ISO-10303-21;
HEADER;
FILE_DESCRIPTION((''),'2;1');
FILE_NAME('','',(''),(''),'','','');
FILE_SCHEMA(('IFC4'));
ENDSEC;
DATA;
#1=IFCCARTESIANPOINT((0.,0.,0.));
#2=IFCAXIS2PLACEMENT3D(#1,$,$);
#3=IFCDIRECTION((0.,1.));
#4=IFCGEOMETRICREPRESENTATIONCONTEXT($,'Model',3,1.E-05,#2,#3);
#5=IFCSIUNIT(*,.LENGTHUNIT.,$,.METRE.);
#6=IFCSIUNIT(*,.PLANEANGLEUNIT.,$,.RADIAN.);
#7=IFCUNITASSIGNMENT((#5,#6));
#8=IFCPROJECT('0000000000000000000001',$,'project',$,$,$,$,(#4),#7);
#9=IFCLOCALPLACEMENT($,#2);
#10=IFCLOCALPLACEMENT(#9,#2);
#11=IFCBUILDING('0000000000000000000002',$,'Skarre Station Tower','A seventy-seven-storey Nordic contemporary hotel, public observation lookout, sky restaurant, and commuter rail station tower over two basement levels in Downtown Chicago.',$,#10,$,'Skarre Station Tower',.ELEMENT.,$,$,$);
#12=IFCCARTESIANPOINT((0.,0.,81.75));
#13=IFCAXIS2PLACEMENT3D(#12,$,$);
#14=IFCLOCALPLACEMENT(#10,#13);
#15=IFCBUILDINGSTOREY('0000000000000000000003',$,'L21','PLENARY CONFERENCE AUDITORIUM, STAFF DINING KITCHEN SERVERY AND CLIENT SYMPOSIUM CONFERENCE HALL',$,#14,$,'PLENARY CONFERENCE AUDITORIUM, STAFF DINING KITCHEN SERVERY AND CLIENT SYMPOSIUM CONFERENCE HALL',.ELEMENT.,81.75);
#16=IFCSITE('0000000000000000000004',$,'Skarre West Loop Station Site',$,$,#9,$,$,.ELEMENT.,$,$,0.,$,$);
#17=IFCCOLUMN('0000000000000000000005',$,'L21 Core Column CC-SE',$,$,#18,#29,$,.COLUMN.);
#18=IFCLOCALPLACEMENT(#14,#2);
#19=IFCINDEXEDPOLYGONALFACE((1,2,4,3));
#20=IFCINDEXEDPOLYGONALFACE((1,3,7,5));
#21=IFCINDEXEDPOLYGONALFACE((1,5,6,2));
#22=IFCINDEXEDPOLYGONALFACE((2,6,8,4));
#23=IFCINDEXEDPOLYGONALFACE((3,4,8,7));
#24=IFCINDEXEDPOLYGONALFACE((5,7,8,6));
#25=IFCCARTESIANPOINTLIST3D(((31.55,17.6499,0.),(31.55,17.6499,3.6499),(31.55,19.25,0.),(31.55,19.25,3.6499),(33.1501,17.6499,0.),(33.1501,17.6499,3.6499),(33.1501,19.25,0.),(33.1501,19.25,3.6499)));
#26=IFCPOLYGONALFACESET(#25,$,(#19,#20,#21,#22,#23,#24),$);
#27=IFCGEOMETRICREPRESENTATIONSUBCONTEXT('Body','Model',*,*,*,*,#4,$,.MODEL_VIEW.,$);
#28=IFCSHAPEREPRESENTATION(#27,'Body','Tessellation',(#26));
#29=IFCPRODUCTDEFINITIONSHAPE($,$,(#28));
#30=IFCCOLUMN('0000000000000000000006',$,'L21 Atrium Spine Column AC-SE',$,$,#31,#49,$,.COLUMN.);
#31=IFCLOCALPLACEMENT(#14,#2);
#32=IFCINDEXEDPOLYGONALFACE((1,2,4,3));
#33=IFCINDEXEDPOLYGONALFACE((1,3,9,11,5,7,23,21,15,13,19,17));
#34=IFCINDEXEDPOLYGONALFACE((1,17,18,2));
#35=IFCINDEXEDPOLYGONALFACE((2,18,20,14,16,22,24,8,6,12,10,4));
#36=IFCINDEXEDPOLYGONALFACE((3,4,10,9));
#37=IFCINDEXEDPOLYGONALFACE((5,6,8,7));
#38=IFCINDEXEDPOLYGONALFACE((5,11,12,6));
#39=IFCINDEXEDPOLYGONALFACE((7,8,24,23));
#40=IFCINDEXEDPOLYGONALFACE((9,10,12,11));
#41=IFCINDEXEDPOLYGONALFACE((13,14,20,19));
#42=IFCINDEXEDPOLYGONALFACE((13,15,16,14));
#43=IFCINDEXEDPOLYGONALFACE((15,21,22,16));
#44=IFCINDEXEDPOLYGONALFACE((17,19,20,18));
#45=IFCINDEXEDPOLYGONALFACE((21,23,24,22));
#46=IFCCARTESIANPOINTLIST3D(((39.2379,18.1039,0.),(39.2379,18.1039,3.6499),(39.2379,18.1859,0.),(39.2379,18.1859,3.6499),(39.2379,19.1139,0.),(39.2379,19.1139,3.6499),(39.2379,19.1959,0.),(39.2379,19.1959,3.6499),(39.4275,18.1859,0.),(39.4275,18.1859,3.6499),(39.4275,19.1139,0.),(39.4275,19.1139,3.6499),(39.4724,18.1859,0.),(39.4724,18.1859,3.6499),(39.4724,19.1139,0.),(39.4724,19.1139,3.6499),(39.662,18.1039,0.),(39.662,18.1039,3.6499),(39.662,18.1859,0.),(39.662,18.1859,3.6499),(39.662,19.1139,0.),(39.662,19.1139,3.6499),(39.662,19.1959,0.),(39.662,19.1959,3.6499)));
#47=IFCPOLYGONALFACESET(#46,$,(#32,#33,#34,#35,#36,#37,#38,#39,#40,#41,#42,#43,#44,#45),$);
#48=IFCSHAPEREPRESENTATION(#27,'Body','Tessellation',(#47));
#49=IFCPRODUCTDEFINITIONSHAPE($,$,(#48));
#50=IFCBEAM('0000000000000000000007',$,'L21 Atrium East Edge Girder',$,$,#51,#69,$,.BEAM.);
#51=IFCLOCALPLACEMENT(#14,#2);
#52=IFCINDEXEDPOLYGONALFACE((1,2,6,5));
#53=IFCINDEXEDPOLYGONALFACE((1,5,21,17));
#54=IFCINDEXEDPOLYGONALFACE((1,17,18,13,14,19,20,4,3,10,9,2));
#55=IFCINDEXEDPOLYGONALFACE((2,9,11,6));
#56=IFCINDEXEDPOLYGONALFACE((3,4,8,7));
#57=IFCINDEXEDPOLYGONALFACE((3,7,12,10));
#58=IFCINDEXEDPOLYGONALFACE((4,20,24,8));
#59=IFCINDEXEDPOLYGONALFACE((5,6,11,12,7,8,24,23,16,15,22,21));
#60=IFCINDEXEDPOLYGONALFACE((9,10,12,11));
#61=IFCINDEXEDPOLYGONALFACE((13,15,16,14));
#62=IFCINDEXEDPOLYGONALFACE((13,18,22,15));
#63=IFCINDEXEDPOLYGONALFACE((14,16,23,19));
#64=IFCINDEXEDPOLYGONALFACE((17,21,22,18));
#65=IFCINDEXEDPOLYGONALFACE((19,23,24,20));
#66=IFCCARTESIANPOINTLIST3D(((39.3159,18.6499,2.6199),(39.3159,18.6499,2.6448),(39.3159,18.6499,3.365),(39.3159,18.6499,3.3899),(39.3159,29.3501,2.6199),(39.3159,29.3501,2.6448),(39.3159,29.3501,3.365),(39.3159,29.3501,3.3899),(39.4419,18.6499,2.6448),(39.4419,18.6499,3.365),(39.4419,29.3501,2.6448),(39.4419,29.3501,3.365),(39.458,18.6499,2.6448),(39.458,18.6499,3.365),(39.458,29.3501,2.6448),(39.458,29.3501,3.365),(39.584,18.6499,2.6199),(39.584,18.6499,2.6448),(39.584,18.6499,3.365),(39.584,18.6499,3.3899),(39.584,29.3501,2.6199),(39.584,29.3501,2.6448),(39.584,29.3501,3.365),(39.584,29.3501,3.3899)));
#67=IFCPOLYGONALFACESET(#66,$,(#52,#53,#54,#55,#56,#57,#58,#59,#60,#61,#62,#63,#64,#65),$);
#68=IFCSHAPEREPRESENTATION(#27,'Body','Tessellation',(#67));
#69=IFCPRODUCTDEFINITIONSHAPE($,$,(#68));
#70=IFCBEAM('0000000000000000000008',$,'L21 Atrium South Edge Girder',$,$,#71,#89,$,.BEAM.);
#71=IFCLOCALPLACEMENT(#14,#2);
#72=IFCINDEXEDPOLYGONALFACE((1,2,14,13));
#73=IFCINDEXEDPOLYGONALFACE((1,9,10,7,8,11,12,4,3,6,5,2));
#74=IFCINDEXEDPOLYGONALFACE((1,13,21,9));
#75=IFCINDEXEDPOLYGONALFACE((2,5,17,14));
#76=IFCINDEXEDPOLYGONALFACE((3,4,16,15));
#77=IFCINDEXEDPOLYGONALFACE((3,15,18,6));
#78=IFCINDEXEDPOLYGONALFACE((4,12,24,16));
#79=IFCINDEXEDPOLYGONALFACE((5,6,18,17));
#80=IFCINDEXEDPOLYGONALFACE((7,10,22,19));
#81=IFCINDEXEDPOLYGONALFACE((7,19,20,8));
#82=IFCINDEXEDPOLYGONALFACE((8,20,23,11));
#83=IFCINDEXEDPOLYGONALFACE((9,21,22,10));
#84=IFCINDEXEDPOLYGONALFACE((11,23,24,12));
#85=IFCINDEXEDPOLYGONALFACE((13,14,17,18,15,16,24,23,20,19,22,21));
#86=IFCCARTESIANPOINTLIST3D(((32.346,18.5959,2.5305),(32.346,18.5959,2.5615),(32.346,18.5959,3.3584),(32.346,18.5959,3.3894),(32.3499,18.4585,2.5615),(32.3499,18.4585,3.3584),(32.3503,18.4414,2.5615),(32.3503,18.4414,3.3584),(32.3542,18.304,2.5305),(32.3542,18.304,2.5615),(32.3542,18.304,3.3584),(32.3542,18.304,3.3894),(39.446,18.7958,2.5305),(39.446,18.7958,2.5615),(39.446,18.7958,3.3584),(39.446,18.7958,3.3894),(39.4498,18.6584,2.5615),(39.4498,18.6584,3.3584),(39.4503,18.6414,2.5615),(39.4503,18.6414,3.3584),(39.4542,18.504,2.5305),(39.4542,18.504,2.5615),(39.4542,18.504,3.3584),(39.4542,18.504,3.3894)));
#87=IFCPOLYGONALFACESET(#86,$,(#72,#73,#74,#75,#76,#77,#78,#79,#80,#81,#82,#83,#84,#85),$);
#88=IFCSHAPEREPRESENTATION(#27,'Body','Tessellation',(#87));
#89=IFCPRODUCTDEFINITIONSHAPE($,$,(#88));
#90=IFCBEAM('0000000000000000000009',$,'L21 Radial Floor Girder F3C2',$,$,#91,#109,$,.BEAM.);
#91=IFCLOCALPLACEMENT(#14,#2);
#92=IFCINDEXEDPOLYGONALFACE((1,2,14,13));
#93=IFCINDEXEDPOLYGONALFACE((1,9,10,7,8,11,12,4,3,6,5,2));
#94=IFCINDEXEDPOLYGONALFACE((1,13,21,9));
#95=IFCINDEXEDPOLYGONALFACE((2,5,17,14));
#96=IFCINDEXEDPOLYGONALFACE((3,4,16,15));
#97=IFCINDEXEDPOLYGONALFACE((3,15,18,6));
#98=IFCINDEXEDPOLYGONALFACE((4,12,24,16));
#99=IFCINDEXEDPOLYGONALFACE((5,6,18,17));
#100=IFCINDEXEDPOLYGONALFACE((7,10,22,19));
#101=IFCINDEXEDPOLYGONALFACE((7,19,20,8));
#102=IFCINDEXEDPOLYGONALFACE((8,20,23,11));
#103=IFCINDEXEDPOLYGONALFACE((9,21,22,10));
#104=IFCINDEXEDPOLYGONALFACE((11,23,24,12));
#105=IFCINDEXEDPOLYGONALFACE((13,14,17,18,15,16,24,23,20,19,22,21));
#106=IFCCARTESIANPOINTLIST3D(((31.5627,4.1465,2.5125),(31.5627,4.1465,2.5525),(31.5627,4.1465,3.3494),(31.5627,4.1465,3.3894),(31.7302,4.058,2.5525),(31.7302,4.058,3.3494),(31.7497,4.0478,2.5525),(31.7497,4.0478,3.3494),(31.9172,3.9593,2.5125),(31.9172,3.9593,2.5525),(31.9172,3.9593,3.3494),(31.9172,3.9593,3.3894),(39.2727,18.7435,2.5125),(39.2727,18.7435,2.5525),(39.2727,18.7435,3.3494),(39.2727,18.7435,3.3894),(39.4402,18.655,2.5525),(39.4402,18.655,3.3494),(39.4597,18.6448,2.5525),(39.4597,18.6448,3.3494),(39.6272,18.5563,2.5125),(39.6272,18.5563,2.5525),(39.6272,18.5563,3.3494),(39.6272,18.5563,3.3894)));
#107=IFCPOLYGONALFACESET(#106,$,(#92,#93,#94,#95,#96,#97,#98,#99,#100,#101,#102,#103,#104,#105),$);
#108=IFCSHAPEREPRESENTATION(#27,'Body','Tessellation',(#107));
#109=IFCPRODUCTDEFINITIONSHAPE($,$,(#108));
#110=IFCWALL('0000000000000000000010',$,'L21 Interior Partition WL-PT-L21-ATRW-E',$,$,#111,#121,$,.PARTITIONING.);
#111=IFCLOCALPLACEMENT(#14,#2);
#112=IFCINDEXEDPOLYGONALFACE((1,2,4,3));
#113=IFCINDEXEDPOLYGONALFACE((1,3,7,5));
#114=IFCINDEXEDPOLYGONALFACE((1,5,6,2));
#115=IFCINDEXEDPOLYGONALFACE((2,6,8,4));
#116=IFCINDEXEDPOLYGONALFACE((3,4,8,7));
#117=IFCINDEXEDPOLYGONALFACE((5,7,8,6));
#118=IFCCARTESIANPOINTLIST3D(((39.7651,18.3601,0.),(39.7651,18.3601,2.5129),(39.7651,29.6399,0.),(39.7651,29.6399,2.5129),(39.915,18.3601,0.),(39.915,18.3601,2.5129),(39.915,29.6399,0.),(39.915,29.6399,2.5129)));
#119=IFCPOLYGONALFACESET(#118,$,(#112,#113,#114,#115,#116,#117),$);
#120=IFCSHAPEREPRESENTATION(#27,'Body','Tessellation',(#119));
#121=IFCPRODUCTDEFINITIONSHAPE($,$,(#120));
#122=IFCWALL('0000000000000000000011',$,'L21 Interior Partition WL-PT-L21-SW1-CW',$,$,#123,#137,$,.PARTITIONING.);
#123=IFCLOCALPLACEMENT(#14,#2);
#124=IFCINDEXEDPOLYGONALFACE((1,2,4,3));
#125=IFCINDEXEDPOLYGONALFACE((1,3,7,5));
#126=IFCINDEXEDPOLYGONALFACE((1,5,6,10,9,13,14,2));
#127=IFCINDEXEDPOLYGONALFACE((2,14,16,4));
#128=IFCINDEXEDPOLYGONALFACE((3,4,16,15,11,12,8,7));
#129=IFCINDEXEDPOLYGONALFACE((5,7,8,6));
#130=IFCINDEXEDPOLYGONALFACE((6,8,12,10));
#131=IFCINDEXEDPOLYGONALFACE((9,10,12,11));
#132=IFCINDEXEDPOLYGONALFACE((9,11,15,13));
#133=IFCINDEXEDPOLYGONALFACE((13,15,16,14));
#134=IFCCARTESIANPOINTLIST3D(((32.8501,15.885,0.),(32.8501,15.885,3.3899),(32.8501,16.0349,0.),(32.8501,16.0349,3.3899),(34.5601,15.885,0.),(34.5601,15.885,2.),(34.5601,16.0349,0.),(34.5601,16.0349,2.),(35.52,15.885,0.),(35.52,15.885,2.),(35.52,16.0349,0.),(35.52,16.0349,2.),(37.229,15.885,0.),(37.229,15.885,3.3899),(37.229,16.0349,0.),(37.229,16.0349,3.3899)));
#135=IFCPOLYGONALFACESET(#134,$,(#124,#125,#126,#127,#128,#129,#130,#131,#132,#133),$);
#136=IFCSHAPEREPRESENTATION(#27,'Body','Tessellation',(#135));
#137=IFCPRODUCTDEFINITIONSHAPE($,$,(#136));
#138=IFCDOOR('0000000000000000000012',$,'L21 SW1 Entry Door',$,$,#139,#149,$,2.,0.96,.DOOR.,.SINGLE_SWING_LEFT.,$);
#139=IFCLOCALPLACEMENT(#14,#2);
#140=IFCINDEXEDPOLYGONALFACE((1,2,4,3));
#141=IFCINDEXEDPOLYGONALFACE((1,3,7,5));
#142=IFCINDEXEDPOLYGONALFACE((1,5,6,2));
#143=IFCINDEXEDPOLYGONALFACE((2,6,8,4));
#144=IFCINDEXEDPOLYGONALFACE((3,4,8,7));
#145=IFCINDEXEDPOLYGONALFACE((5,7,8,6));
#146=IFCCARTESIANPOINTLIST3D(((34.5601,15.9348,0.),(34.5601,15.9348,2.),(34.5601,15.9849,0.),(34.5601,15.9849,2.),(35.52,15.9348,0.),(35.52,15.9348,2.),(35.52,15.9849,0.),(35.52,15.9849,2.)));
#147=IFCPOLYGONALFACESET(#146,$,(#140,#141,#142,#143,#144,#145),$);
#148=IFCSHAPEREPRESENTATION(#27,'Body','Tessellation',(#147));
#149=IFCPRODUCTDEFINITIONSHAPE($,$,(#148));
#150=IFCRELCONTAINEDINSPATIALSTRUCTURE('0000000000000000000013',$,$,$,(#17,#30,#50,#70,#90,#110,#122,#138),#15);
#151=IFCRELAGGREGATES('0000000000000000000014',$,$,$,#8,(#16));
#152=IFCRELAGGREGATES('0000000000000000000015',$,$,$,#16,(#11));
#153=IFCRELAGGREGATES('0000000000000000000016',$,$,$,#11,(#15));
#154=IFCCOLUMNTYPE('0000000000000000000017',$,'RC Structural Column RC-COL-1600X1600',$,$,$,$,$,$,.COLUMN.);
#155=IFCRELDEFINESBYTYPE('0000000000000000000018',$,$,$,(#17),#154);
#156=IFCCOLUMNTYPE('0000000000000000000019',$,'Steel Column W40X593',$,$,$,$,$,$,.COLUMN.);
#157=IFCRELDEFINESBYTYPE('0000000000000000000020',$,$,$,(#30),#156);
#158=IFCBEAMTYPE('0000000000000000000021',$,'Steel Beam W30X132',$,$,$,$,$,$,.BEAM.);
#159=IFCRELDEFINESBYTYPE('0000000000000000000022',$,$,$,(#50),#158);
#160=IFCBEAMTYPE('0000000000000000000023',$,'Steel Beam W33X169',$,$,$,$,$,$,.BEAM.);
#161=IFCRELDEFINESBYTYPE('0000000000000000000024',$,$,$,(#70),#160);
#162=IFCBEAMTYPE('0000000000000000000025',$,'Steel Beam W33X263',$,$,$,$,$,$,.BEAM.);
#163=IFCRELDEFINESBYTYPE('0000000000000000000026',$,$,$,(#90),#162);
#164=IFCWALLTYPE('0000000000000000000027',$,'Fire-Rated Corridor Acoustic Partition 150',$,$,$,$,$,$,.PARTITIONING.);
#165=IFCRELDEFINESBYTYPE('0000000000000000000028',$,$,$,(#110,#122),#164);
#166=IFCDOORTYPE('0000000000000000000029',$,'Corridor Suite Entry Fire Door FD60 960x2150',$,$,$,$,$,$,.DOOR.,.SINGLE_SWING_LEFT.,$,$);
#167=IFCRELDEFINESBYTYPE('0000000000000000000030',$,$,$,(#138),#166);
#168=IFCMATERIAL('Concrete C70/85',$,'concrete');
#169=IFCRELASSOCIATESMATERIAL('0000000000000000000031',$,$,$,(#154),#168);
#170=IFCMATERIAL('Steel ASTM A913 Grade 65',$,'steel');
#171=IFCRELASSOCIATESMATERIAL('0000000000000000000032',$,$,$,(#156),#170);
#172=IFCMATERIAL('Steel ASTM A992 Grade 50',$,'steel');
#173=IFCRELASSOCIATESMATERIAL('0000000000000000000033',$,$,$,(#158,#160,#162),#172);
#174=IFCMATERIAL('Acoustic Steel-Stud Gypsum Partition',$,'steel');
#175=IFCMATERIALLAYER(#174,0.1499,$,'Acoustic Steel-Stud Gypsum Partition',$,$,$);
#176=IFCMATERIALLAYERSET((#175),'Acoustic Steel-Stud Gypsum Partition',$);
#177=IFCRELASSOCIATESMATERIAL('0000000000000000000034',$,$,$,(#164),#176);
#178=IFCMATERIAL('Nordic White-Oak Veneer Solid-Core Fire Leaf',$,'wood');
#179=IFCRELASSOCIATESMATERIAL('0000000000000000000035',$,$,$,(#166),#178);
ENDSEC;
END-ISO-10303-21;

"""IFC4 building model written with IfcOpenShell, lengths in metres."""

from ifc_helpers import new_model, si_unit, direction, frame, frame_2d, origin, origin_2d, place, context, subcontext, project, spatial, rectangle, i_section, extrude, material, layer, layer_set, material_profile, profile_set, type_object, element, fill, save


model = new_model("IFC4")

# Units and contexts
model_context = context("Model", 3, precision=1e-05, world=origin(), true_north=direction((0.0, 1.0)))
body_context = subcontext(model_context, "Body", "Model", "MODEL_VIEW")
ifc_project = project(units=[si_unit("LENGTHUNIT", "METRE"), si_unit("PLANEANGLEUNIT", "RADIAN")], contexts=[model_context])

# Site, building, storey
site_placement = place(None, origin())
site = spatial("IfcSite", under=ifc_project, at=site_placement, Name="Skarre West Loop Station Site", CompositionType="ELEMENT", RefElevation=0.0)
building_placement = place(site_placement, origin())
building = spatial("IfcBuilding", under=site, at=building_placement, Name="Skarre Station Tower", Description="A seventy-seven-storey Nordic contemporary hotel, public observation lookout, sky restaurant, and commuter rail station tower over two basement levels in Downtown Chicago.", LongName="Skarre Station Tower", CompositionType="ELEMENT")
storey_placement = place(building_placement, frame((0.0, 0.0, 81.75)))
storey = spatial("IfcBuildingStorey", under=building, at=storey_placement, Name="L21", Description="PLENARY CONFERENCE AUDITORIUM, STAFF DINING KITCHEN SERVERY AND CLIENT SYMPOSIUM CONFERENCE HALL", LongName="PLENARY CONFERENCE AUDITORIUM, STAFF DINING KITCHEN SERVERY AND CLIENT SYMPOSIUM CONFERENCE HALL", CompositionType="ELEMENT", Elevation=81.75)

# Columns
ifc_material_1 = material(Name="Concrete C70/85", Category="concrete")
ifc_material_profile_1 = material_profile(ifc_material_1, rectangle(XDim=1.6001, YDim=1.6001, at=origin_2d()), Name="Concrete C70/85")
ifc_profile_set_1 = profile_set([ifc_material_profile_1], Name="Concrete C70/85")
column_type_1 = type_object("IfcColumnType", Name="RC Structural Column RC-COL-1600X1600", PredefinedType="COLUMN", material=ifc_profile_set_1)
column_1_placement = place(storey_placement, frame((32.3501, 18.45, 0.0), z_axis=(0.0, 0.0, 1.0), x_axis=(1.0, 0.0, 0.0)))
element("IfcColumn", 1, at=column_1_placement, inside=storey, type_object=column_type_1, Name="L21 Core Column CC-SE", PredefinedType="COLUMN", context=body_context, shape_type="SweptSolid", body=[
    extrude(rectangle(XDim=1.6001, YDim=1.6001, at=origin_2d()), origin(), (0.0, 0.0, 1.0), 3.6499),
])
ifc_material_2 = material(Name="Steel ASTM A913 Grade 65", Category="steel")
ifc_material_profile_2 = material_profile(ifc_material_2, i_section(OverallWidth=0.4241, OverallDepth=1.092, WebThickness=0.0449, FlangeThickness=0.082, at=origin_2d()), Name="Steel ASTM A913 Grade 65")
ifc_profile_set_2 = profile_set([ifc_material_profile_2], Name="Steel ASTM A913 Grade 65")
column_type_2 = type_object("IfcColumnType", Name="Steel Column W40X593", PredefinedType="COLUMN", material=ifc_profile_set_2)
column_2_placement = place(storey_placement, frame((39.45, 18.6499, 0.0), z_axis=(0.0, 0.0, 1.0), x_axis=(1.0, 0.0, 0.0)))
element("IfcColumn", 2, at=column_2_placement, inside=storey, type_object=column_type_2, Name="L21 Atrium Spine Column AC-SE", PredefinedType="COLUMN", context=body_context, shape_type="SweptSolid", body=[
    extrude(i_section(OverallWidth=0.4241, OverallDepth=1.092, WebThickness=0.0449, FlangeThickness=0.082, at=origin_2d()), origin(), (0.0, 0.0, 1.0), 3.6499),
])

# Beams
ifc_material_3 = material(Name="Steel ASTM A992 Grade 50", Category="steel")
ifc_material_profile_3 = material_profile(ifc_material_3, i_section(OverallWidth=0.2681, OverallDepth=0.77, WebThickness=0.0161, FlangeThickness=0.0249, at=origin_2d()), Name="Steel ASTM A992 Grade 50")
ifc_profile_set_3 = profile_set([ifc_material_profile_3], Name="Steel ASTM A992 Grade 50")
beam_type_1 = type_object("IfcBeamType", Name="Steel Beam W30X132", PredefinedType="BEAM", material=ifc_profile_set_3)
beam_1_placement = place(storey_placement, frame((39.45, 18.6499, 3.0049), z_axis=(0.0, 1.0, 0.0), x_axis=(-1.0, 0.0, 0.0)))
element("IfcBeam", 3, at=beam_1_placement, inside=storey, type_object=beam_type_1, Name="L21 Atrium East Edge Girder", PredefinedType="BEAM", context=body_context, shape_type="SweptSolid", body=[
    extrude(i_section(OverallWidth=0.2681, OverallDepth=0.77, WebThickness=0.0161, FlangeThickness=0.0249, at=origin_2d()), origin(), (0.0, 0.0, 1.0), 10.7002),
])
ifc_material_profile_4 = material_profile(ifc_material_3, i_section(OverallWidth=0.292, OverallDepth=0.8589, WebThickness=0.0171, FlangeThickness=0.031, at=origin_2d()), Name="Steel ASTM A992 Grade 50")
ifc_profile_set_4 = profile_set([ifc_material_profile_4], Name="Steel ASTM A992 Grade 50")
beam_type_2 = type_object("IfcBeamType", Name="Steel Beam W33X169", PredefinedType="BEAM", material=ifc_profile_set_4)
beam_2_placement = place(storey_placement, frame((32.3501, 18.45, 2.96), z_axis=(0.999604, 0.028152, 0.0), x_axis=(-0.028152, 0.999604, 0.0)))
element("IfcBeam", 4, at=beam_2_placement, inside=storey, type_object=beam_type_2, Name="L21 Atrium South Edge Girder", PredefinedType="BEAM", context=body_context, shape_type="SweptSolid", body=[
    extrude(i_section(OverallWidth=0.292, OverallDepth=0.8589, WebThickness=0.0171, FlangeThickness=0.031, at=origin_2d()), origin(), (0.0, 0.0, 1.0), 7.1028),
])
ifc_material_profile_5 = material_profile(ifc_material_3, i_section(OverallWidth=0.4009, OverallDepth=0.877, WebThickness=0.022, FlangeThickness=0.04, at=origin_2d()), Name="Steel ASTM A992 Grade 50")
ifc_profile_set_5 = profile_set([ifc_material_profile_5], Name="Steel ASTM A992 Grade 50")
beam_type_3 = type_object("IfcBeamType", Name="Steel Beam W33X263", PredefinedType="BEAM", material=ifc_profile_set_5)
beam_3_placement = place(storey_placement, frame((39.45, 18.6499, 2.9509), z_axis=(-0.467044, -0.884234, 0.0), x_axis=(0.884234, -0.467044, 0.0)))
element("IfcBeam", 5, at=beam_3_placement, inside=storey, type_object=beam_type_3, Name="L21 Radial Floor Girder F3C2", PredefinedType="BEAM", context=body_context, shape_type="SweptSolid", body=[
    extrude(i_section(OverallWidth=0.4009, OverallDepth=0.877, WebThickness=0.022, FlangeThickness=0.04, at=origin_2d()), origin(), (0.0, 0.0, 1.0), 16.5081),
])

# Wall
ifc_material_4 = material(Name="Acoustic Steel-Stud Gypsum Partition", Category="steel")
ifc_layer_1 = layer(ifc_material_4, 0.1499, Name="Acoustic Steel-Stud Gypsum Partition")
ifc_layer_set_1 = layer_set([ifc_layer_1], Name="Acoustic Steel-Stud Gypsum Partition")
wall_type_1 = type_object("IfcWallType", Name="Fire-Rated Corridor Acoustic Partition 150", PredefinedType="PARTITIONING", material=ifc_layer_set_1)
wall_1_placement = place(storey_placement, frame((39.8401, 18.3601, 0.0), z_axis=(0.0, 0.0, 1.0), x_axis=(0.0, 1.0, 0.0)))
element("IfcWall", 6, at=wall_1_placement, inside=storey, type_object=wall_type_1, Name="L21 Interior Partition WL-PT-L21-ATRW-E", PredefinedType="PARTITIONING", context=body_context, shape_type="SweptSolid", body=[
    extrude(rectangle(XDim=11.2798, YDim=0.1499, at=frame_2d((5.6399, 0.0))), origin(), (0.0, 0.0, 1.0), 2.5129),
])

# Wall, opening, door
wall_2_placement = place(storey_placement, frame((32.8501, 15.96, 0.0), z_axis=(0.0, 0.0, 1.0), x_axis=(1.0, 0.0, 0.0)))
wall_2 = element("IfcWall", 7, at=wall_2_placement, inside=storey, type_object=wall_type_1, Name="L21 Interior Partition WL-PT-L21-SW1-CW", PredefinedType="PARTITIONING", context=body_context, shape_type="SweptSolid", body=[
    extrude(rectangle(XDim=4.3789, YDim=0.1499, at=frame_2d((2.1895, 0.0))), origin(), (0.0, 0.0, 1.0), 3.3899),
])
opening_1_placement = place(wall_2_placement, frame((1.71, 0.0, 0.0)))
opening_1 = element("IfcOpeningElement", 8, at=opening_1_placement, cuts=wall_2, PredefinedType="OPENING", context=body_context, shape_type="SweptSolid", body=[
    extrude(rectangle(XDim=0.96, YDim=2.0, at=frame_2d((0.48, 1.0))), frame((0.0, 0.085, 0.0), z_axis=(0.0, -1.0, 0.0), x_axis=(1.0, 0.0, 0.0)), (0.0, 0.0, 1.0), 0.1699),
])
ifc_material_5 = material(Name="Nordic White-Oak Veneer Solid-Core Fire Leaf", Category="wood")
door_type_1 = type_object("IfcDoorType", Name="Corridor Suite Entry Fire Door FD60 960x2150", OperationType="SINGLE_SWING_LEFT", PredefinedType="DOOR", material=ifc_material_5)
door_1_placement = place(opening_1_placement, origin())
door_1 = element("IfcDoor", 9, at=door_1_placement, inside=storey, type_object=door_type_1, Name="L21 SW1 Entry Door", OperationType="SINGLE_SWING_LEFT", OverallHeight=2.0, OverallWidth=0.96, PredefinedType="DOOR", context=body_context, shape_type="SweptSolid", body=[
    extrude(rectangle(XDim=0.96, YDim=2.0, at=frame_2d((0.48, 1.0))), frame((0.0, 0.0249, 0.0), z_axis=(0.0, -1.0, 0.0), x_axis=(1.0, 0.0, 0.0)), (0.0, 0.0, 1.0), 0.05),
])
fill(opening_1, door_1)

save(model, "model.ifc")
